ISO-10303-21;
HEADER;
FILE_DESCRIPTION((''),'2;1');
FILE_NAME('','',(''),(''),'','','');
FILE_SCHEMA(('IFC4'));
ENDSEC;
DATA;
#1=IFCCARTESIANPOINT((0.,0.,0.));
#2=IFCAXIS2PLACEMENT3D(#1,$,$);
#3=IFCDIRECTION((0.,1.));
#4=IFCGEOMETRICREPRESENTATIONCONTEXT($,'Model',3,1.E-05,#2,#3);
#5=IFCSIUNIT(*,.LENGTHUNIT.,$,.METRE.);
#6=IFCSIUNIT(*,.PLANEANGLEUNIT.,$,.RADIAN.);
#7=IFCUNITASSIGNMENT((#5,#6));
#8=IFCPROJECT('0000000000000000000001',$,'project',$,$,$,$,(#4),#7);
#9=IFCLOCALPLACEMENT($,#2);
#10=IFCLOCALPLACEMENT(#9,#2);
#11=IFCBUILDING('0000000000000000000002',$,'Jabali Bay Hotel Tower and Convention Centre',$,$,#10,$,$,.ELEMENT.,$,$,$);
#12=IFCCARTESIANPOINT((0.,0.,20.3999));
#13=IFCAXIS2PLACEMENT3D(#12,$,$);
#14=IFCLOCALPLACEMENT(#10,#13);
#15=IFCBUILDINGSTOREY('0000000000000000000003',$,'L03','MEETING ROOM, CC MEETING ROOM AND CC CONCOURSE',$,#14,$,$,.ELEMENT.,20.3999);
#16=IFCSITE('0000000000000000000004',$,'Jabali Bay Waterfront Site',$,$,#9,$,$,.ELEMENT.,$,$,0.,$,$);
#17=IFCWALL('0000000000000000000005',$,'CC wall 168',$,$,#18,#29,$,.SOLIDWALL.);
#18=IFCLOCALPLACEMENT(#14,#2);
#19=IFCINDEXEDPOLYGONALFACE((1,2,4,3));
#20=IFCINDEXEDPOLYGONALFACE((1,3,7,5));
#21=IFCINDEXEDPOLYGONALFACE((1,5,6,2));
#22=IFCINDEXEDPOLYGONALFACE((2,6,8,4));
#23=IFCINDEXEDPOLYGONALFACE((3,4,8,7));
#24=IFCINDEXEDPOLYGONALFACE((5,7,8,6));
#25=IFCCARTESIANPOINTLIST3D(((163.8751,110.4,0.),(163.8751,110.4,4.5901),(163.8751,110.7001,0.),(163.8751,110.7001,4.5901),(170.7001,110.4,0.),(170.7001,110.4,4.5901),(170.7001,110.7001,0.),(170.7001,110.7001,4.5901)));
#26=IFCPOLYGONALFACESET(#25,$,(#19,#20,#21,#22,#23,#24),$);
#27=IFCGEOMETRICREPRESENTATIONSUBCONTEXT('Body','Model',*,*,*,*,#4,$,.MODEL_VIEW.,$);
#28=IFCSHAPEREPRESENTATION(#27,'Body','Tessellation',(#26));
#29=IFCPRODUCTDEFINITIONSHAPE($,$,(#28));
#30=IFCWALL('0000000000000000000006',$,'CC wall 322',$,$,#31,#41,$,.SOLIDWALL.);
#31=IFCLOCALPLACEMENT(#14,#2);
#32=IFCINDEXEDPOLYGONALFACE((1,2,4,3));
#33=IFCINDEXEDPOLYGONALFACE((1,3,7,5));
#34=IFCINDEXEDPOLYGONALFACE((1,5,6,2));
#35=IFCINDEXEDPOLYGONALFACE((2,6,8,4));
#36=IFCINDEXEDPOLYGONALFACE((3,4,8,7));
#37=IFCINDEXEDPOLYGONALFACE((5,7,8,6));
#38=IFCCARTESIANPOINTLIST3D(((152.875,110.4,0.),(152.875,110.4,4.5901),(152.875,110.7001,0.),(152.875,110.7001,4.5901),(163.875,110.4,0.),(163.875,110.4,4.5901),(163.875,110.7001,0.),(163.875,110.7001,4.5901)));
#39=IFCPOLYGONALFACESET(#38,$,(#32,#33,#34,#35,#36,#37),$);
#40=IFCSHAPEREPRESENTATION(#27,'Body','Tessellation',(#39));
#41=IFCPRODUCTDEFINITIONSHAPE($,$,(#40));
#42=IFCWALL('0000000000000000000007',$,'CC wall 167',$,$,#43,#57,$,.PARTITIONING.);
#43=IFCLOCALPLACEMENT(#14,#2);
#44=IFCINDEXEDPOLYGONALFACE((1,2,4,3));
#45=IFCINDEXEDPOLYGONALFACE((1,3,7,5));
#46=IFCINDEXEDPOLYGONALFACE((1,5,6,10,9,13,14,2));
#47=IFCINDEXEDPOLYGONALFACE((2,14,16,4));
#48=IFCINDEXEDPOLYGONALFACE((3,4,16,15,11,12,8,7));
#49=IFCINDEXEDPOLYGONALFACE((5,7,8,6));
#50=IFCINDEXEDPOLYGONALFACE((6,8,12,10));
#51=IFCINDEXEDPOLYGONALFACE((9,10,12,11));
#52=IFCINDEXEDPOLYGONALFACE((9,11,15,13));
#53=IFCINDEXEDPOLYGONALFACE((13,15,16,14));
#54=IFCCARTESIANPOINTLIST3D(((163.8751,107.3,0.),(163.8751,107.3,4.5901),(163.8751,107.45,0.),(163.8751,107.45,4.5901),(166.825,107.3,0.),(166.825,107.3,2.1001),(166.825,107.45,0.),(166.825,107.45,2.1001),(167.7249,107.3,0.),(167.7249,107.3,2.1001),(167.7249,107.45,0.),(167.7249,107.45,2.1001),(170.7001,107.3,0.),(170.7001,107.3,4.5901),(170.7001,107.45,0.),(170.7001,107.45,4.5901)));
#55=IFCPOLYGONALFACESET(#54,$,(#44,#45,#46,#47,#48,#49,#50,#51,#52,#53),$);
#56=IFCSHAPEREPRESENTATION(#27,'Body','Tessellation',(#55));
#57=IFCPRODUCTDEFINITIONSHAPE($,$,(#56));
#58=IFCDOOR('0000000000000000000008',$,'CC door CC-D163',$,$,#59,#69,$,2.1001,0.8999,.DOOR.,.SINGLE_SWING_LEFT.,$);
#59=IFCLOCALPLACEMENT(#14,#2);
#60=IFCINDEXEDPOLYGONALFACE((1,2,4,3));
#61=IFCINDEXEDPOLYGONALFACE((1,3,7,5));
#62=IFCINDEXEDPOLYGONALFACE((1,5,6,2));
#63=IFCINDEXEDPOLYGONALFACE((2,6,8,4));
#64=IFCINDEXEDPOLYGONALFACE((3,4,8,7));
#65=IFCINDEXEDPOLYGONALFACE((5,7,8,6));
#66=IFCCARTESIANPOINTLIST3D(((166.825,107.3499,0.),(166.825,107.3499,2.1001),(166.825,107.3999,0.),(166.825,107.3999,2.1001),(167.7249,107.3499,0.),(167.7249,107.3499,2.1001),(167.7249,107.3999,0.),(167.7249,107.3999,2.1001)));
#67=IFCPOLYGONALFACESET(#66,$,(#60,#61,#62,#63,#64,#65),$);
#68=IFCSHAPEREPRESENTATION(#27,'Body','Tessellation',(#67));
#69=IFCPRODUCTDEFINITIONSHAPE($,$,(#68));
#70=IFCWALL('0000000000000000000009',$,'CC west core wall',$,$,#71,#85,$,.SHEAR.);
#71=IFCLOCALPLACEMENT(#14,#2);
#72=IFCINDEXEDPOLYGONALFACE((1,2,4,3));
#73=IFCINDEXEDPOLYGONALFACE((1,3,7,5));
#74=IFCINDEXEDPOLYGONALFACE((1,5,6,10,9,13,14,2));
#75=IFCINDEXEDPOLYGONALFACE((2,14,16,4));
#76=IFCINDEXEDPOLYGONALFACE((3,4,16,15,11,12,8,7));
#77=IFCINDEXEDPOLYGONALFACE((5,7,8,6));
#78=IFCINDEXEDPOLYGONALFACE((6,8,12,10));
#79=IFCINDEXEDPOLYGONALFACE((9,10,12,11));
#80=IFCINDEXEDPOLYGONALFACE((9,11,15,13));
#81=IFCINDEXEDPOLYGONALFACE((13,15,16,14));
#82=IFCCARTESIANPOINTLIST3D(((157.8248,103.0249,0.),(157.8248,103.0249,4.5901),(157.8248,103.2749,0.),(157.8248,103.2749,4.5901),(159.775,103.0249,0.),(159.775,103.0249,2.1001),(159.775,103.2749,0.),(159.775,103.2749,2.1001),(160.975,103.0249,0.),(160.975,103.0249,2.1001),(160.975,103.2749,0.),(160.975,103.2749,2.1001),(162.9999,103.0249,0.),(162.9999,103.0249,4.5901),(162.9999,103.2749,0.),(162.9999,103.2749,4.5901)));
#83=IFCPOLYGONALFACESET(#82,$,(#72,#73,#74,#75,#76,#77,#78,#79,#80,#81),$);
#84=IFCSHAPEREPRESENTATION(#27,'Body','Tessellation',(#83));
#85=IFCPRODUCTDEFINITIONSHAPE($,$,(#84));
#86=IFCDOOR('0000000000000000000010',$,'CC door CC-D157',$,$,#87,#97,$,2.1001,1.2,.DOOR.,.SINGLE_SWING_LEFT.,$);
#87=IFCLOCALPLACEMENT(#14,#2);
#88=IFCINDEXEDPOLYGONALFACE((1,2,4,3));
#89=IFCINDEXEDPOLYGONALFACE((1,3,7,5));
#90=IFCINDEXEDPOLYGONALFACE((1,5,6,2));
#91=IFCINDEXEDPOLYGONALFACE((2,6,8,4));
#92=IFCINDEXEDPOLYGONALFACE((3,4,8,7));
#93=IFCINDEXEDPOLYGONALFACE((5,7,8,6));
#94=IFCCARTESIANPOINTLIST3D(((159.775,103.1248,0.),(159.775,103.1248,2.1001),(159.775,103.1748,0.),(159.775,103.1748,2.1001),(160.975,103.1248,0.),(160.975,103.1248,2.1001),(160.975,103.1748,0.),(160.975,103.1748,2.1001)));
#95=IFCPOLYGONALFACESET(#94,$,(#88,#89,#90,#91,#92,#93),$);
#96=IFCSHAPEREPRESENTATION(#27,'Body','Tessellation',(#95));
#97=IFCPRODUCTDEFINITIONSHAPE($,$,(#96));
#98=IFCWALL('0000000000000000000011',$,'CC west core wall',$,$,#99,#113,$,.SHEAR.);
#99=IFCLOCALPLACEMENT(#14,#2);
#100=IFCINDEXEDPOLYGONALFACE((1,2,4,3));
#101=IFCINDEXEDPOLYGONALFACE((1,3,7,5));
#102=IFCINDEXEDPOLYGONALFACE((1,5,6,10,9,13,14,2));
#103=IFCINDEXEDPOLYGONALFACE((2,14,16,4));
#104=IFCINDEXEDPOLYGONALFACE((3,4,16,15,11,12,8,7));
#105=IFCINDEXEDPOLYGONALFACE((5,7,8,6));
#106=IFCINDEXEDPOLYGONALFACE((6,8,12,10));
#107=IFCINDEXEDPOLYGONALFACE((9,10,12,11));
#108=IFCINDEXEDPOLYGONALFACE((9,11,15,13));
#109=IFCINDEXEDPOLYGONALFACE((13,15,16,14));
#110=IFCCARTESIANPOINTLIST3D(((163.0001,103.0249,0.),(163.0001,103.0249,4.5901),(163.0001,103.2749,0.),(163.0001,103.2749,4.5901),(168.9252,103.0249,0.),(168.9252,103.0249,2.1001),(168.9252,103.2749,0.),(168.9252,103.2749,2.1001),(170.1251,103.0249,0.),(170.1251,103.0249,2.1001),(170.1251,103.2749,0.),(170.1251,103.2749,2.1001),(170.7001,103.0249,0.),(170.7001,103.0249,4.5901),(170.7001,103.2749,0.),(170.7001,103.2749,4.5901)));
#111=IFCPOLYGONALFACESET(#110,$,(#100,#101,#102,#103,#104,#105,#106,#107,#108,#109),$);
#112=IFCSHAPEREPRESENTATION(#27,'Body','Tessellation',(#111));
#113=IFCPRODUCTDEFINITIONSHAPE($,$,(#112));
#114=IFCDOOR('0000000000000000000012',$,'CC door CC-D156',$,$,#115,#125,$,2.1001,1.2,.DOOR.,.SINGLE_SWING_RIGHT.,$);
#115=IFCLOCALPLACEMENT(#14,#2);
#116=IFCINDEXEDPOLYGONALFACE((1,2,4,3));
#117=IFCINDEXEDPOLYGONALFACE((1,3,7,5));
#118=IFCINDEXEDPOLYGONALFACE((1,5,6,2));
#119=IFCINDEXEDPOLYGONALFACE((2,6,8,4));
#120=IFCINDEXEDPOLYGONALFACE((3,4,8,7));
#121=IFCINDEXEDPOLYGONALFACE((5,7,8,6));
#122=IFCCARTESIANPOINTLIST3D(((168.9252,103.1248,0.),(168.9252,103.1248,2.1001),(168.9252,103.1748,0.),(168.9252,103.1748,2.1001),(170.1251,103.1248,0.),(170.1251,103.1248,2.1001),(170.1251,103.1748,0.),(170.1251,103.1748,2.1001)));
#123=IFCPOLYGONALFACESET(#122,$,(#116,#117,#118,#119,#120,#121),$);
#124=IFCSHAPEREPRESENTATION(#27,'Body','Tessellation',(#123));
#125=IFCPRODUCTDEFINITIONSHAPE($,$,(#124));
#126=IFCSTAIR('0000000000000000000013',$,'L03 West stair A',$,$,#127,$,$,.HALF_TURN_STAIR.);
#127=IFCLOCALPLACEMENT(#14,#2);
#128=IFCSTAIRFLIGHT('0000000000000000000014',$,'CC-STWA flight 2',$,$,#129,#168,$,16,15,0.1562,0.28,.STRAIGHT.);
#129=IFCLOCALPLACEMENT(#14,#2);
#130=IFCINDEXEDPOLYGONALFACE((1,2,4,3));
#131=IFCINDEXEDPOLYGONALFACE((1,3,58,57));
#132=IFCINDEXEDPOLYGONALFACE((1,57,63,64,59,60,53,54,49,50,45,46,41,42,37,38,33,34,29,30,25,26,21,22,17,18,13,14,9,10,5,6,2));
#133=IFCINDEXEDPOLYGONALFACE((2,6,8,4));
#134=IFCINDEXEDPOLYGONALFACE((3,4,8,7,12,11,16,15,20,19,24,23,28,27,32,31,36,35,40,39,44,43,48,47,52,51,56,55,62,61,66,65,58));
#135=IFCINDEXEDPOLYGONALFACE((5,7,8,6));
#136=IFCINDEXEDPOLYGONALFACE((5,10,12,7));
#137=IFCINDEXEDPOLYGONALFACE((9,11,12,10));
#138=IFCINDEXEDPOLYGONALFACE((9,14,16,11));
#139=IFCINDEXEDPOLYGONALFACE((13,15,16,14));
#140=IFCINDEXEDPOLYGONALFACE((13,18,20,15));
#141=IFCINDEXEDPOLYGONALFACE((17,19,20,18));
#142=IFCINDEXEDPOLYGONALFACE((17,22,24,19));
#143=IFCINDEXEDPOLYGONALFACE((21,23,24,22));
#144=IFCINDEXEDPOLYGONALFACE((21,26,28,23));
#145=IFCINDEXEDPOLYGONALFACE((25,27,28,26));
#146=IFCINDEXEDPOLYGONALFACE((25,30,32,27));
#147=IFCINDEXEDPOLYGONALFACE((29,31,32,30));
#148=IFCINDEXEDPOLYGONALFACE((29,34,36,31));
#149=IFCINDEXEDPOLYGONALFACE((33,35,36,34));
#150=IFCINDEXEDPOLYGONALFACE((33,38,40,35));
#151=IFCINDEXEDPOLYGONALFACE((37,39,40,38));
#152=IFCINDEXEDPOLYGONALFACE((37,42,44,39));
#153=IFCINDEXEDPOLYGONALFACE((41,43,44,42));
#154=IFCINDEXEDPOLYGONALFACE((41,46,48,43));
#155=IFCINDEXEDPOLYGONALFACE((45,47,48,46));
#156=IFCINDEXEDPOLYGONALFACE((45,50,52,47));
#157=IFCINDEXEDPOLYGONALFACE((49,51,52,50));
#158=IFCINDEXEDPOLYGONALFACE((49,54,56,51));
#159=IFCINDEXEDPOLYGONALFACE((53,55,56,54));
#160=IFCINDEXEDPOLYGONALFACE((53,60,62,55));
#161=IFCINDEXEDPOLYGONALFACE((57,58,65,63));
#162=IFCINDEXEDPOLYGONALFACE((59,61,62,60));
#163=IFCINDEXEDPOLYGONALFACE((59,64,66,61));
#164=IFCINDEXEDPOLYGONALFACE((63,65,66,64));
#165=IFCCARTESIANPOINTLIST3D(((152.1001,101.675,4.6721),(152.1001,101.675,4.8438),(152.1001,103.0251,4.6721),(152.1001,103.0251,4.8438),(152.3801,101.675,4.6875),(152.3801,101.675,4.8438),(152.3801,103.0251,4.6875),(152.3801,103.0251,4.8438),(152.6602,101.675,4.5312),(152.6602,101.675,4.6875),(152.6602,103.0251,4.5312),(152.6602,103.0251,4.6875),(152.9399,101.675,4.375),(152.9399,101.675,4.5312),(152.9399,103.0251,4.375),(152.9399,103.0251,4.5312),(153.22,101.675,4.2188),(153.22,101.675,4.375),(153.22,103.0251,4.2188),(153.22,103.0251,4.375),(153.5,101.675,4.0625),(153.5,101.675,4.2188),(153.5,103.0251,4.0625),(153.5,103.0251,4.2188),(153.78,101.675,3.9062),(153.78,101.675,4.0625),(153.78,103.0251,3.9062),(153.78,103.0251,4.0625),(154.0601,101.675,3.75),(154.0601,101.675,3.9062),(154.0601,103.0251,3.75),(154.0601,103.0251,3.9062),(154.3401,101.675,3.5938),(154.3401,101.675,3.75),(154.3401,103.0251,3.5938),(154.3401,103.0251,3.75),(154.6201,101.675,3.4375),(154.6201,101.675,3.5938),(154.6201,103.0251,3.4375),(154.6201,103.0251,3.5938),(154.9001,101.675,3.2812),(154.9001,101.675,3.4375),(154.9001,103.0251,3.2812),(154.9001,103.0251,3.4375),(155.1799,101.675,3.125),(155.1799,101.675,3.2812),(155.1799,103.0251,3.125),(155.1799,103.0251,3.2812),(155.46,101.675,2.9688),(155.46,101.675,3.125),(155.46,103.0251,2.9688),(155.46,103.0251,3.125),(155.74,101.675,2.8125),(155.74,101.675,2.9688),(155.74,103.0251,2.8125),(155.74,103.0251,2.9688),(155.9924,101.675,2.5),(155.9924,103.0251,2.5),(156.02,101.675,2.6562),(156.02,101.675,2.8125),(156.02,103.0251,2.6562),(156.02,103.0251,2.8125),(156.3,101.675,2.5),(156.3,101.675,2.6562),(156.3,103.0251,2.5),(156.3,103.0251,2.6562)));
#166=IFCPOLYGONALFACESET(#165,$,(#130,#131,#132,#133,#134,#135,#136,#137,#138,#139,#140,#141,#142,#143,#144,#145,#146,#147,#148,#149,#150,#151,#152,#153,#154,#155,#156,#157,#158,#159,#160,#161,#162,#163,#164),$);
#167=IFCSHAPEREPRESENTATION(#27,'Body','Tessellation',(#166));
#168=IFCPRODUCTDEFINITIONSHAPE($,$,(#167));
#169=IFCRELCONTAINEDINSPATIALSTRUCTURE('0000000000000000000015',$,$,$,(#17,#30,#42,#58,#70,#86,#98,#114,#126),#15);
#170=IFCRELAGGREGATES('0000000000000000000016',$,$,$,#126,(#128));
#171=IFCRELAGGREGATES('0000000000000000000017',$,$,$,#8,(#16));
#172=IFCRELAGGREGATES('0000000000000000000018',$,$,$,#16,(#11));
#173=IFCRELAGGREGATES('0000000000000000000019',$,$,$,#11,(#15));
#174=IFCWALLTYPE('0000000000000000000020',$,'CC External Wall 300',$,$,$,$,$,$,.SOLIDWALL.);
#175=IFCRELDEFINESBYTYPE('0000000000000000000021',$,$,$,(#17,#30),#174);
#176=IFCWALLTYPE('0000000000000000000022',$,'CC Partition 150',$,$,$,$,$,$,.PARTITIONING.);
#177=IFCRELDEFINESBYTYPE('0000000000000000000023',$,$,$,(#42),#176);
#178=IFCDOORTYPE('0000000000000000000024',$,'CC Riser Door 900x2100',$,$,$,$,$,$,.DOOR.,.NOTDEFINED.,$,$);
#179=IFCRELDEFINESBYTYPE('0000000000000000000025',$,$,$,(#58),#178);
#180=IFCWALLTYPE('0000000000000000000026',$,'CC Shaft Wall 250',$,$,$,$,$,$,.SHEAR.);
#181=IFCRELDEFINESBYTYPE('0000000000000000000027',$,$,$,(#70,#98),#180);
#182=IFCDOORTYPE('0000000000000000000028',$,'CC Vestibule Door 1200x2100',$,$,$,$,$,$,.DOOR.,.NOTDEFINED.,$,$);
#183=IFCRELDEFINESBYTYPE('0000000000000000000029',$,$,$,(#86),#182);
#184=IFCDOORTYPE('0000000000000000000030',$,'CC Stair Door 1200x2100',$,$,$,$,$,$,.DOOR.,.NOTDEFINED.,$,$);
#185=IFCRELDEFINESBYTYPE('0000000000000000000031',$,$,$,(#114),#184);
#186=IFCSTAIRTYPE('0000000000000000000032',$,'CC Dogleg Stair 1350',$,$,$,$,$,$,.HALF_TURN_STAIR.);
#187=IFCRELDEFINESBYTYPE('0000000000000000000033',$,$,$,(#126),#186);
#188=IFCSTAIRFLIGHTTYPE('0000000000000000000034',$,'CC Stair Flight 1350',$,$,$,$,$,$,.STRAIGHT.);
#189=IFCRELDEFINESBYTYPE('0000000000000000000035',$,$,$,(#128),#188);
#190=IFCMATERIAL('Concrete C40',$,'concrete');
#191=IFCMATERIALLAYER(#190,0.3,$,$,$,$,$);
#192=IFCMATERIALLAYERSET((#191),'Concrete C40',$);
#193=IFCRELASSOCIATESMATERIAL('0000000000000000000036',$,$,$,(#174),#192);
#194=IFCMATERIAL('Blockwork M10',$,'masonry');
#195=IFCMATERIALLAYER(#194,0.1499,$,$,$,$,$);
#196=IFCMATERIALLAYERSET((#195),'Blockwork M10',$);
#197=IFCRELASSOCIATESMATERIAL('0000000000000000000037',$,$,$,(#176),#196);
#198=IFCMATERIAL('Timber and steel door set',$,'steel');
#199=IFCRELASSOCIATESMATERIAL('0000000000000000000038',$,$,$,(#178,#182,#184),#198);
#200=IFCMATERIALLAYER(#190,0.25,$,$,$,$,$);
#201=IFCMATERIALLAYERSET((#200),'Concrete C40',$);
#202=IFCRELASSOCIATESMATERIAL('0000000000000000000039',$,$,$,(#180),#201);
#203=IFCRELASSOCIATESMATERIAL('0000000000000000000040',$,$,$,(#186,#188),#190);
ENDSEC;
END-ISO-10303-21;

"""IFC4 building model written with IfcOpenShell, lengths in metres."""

from ifc_helpers import new_model, si_unit, direction, frame, frame_2d, origin, place, context, subcontext, project, spatial, polyline, rectangle, outline, extrude, material, layer, layer_set, type_object, element, fill, aggregate, save


model = new_model("IFC4")

# Units and contexts
model_context = context("Model", 3, precision=1e-05, world=origin(), true_north=direction((0.0, 1.0)))
body_context = subcontext(model_context, "Body", "Model", "MODEL_VIEW")
ifc_project = project(units=[si_unit("LENGTHUNIT", "METRE"), si_unit("PLANEANGLEUNIT", "RADIAN")], contexts=[model_context])

# Site, building, storey
site_placement = place(None, origin())
site = spatial("IfcSite", under=ifc_project, at=site_placement, Name="Jabali Bay Waterfront Site", CompositionType="ELEMENT", RefElevation=0.0)
building_placement = place(site_placement, origin())
building = spatial("IfcBuilding", under=site, at=building_placement, Name="Jabali Bay Hotel Tower and Convention Centre", CompositionType="ELEMENT")
storey_placement = place(building_placement, frame((0.0, 0.0, 20.3999)))
storey = spatial("IfcBuildingStorey", under=building, at=storey_placement, Name="L03", Description="MEETING ROOM, CC MEETING ROOM AND CC CONCOURSE", CompositionType="ELEMENT", Elevation=20.3999)

# Walls
ifc_material_1 = material(Name="Concrete C40", Category="concrete")
ifc_layer_1 = layer(ifc_material_1, 0.3)
ifc_layer_set_1 = layer_set([ifc_layer_1], Name="Concrete C40")
wall_type_1 = type_object("IfcWallType", Name="CC External Wall 300", PredefinedType="SOLIDWALL", material=ifc_layer_set_1)
wall_1_placement = place(storey_placement, frame((163.875, 110.55, 0.0), z_axis=(0.0, 0.0, 1.0), x_axis=(1.0, 0.0, 0.0)))
element("IfcWall", 1, at=wall_1_placement, inside=storey, type_object=wall_type_1, Name="CC wall 168", PredefinedType="SOLIDWALL", context=body_context, shape_type="SweptSolid", body=[
    extrude(rectangle(XDim=6.825, YDim=0.3, at=frame_2d((3.4126, 0.0))), origin(), (0.0, 0.0, 1.0), 4.5901),
])
wall_2_placement = place(storey_placement, frame((152.875, 110.55, 0.0), z_axis=(0.0, 0.0, 1.0), x_axis=(1.0, 0.0, 0.0)))
element("IfcWall", 2, at=wall_2_placement, inside=storey, type_object=wall_type_1, Name="CC wall 322", PredefinedType="SOLIDWALL", context=body_context, shape_type="SweptSolid", body=[
    extrude(rectangle(XDim=11.0, YDim=0.3, at=frame_2d((5.5, 0.0))), origin(), (0.0, 0.0, 1.0), 4.5901),
])

# Walls, openings, doors
ifc_material_2 = material(Name="Blockwork M10", Category="masonry")
ifc_layer_2 = layer(ifc_material_2, 0.1499)
ifc_layer_set_2 = layer_set([ifc_layer_2], Name="Blockwork M10")
wall_type_2 = type_object("IfcWallType", Name="CC Partition 150", PredefinedType="PARTITIONING", material=ifc_layer_set_2)
wall_3_placement = place(storey_placement, frame((163.875, 107.375, 0.0), z_axis=(0.0, 0.0, 1.0), x_axis=(1.0, 0.0, 0.0)))
wall_3 = element("IfcWall", 3, at=wall_3_placement, inside=storey, type_object=wall_type_2, Name="CC wall 167", PredefinedType="PARTITIONING", context=body_context, shape_type="SweptSolid", body=[
    extrude(rectangle(XDim=6.825, YDim=0.1499, at=frame_2d((3.4126, 0.0))), origin(), (0.0, 0.0, 1.0), 4.5901),
])
opening_1_placement = place(wall_3_placement, frame((2.95, 0.0, 0.0)))
opening_1 = element("IfcOpeningElement", 4, at=opening_1_placement, cuts=wall_3, PredefinedType="OPENING", context=body_context, shape_type="SweptSolid", body=[
    extrude(rectangle(XDim=0.8999, YDim=2.1001, at=frame_2d((0.45, 1.05))), frame((0.0, 0.0854, 0.0), z_axis=(0.0, -1.0, 0.0), x_axis=(1.0, 0.0, 0.0)), (0.0, 0.0, 1.0), 0.1709),
])
ifc_material_3 = material(Name="Timber and steel door set", Category="steel")
door_type_1 = type_object("IfcDoorType", Name="CC Riser Door 900x2100", OperationType="NOTDEFINED", PredefinedType="DOOR", material=ifc_material_3)
door_1_placement = place(opening_1_placement, origin())
door_1 = element("IfcDoor", 5, at=door_1_placement, inside=storey, type_object=door_type_1, Name="CC door CC-D163", OperationType="SINGLE_SWING_LEFT", OverallHeight=2.1001, OverallWidth=0.8999, PredefinedType="DOOR", context=body_context, shape_type="SweptSolid", body=[
    extrude(rectangle(XDim=0.8999, YDim=2.1001, at=frame_2d((0.45, 1.05))), frame((0.0, 0.0249, 0.0), z_axis=(0.0, -1.0, 0.0), x_axis=(1.0, 0.0, 0.0)), (0.0, 0.0, 1.0), 0.05),
])
fill(opening_1, door_1)
ifc_layer_3 = layer(ifc_material_1, 0.25)
ifc_layer_set_3 = layer_set([ifc_layer_3], Name="Concrete C40")
wall_type_3 = type_object("IfcWallType", Name="CC Shaft Wall 250", PredefinedType="SHEAR", material=ifc_layer_set_3)
wall_4_placement = place(storey_placement, frame((157.825, 103.1499, 0.0), z_axis=(0.0, 0.0, 1.0), x_axis=(1.0, 0.0, 0.0)))
wall_4 = element("IfcWall", 6, at=wall_4_placement, inside=storey, type_object=wall_type_3, Name="CC west core wall", PredefinedType="SHEAR", context=body_context, shape_type="SweptSolid", body=[
    extrude(rectangle(XDim=5.175, YDim=0.25, at=frame_2d((2.5874, 0.0))), origin(), (0.0, 0.0, 1.0), 4.5901),
])
opening_2_placement = place(wall_4_placement, frame((1.95, 0.0, 0.0)))
opening_2 = element("IfcOpeningElement", 7, at=opening_2_placement, cuts=wall_4, PredefinedType="OPENING", context=body_context, shape_type="SweptSolid", body=[
    extrude(rectangle(XDim=1.2, YDim=2.1001, at=frame_2d((0.6001, 1.05))), frame((0.0, 0.1355, 0.0), z_axis=(0.0, -1.0, 0.0), x_axis=(1.0, 0.0, 0.0)), (0.0, 0.0, 1.0), 0.271),
])
door_type_2 = type_object("IfcDoorType", Name="CC Vestibule Door 1200x2100", OperationType="NOTDEFINED", PredefinedType="DOOR", material=ifc_material_3)
door_2_placement = place(opening_2_placement, origin())
door_2 = element("IfcDoor", 8, at=door_2_placement, inside=storey, type_object=door_type_2, Name="CC door CC-D157", OperationType="SINGLE_SWING_LEFT", OverallHeight=2.1001, OverallWidth=1.2, PredefinedType="DOOR", context=body_context, shape_type="SweptSolid", body=[
    extrude(rectangle(XDim=1.2, YDim=2.1001, at=frame_2d((0.6001, 1.05))), frame((0.0, 0.0249, 0.0), z_axis=(0.0, -1.0, 0.0), x_axis=(1.0, 0.0, 0.0)), (0.0, 0.0, 1.0), 0.05),
])
fill(opening_2, door_2)
wall_5_placement = place(storey_placement, frame((163.0, 103.1499, 0.0), z_axis=(0.0, 0.0, 1.0), x_axis=(1.0, 0.0, 0.0)))
wall_5 = element("IfcWall", 9, at=wall_5_placement, inside=storey, type_object=wall_type_3, Name="CC west core wall", PredefinedType="SHEAR", context=body_context, shape_type="SweptSolid", body=[
    extrude(rectangle(XDim=7.7, YDim=0.25, at=frame_2d((3.8501, 0.0))), origin(), (0.0, 0.0, 1.0), 4.5901),
])
opening_3_placement = place(wall_5_placement, frame((5.925, 0.0, 0.0)))
opening_3 = element("IfcOpeningElement", 10, at=opening_3_placement, cuts=wall_5, PredefinedType="OPENING", context=body_context, shape_type="SweptSolid", body=[
    extrude(rectangle(XDim=1.2, YDim=2.1001, at=frame_2d((0.6001, 1.05))), frame((0.0, 0.1355, 0.0), z_axis=(0.0, -1.0, 0.0), x_axis=(1.0, 0.0, 0.0)), (0.0, 0.0, 1.0), 0.271),
])
door_type_3 = type_object("IfcDoorType", Name="CC Stair Door 1200x2100", OperationType="NOTDEFINED", PredefinedType="DOOR", material=ifc_material_3)
door_3_placement = place(opening_3_placement, origin())
door_3 = element("IfcDoor", 11, at=door_3_placement, inside=storey, type_object=door_type_3, Name="CC door CC-D156", OperationType="SINGLE_SWING_RIGHT", OverallHeight=2.1001, OverallWidth=1.2, PredefinedType="DOOR", context=body_context, shape_type="SweptSolid", body=[
    extrude(rectangle(XDim=1.2, YDim=2.1001, at=frame_2d((0.6001, 1.05))), frame((0.0, 0.0249, 0.0), z_axis=(0.0, -1.0, 0.0), x_axis=(1.0, 0.0, 0.0)), (0.0, 0.0, 1.0), 0.05),
])
fill(opening_3, door_3)

# Stair, stair flight
stair_type = type_object("IfcStairType", Name="CC Dogleg Stair 1350", PredefinedType="HALF_TURN_STAIR", material=ifc_material_1)
stair_1_placement = place(storey_placement, origin())
stair_1 = element("IfcStair", 12, at=stair_1_placement, inside=storey, type_object=stair_type, Name="L03 West stair A", PredefinedType="HALF_TURN_STAIR")
stair_flight_type = type_object("IfcStairFlightType", Name="CC Stair Flight 1350", PredefinedType="STRAIGHT", material=ifc_material_1)
stair_flight_1_placement = place(storey_placement, frame((156.3, 102.3501, 2.5), z_axis=(0.0, 0.0, 1.0), x_axis=(-1.0, 0.0, 0.0)))
stair_flight_1 = element("IfcStairFlight", 13, at=stair_flight_1_placement, type_object=stair_flight_type, Name="CC-STWA flight 2", NumberOfRisers=16, NumberOfTreads=15, PredefinedType="STRAIGHT", RiserHeight=0.1562, TreadLength=0.28, context=body_context, shape_type="SweptSolid", body=[
    extrude(outline(polyline([(0.0, 0.0), (0.0, 0.1562), (0.28, 0.1562), (0.28, 0.3125), (0.5601, 0.3125), (0.5601, 0.4688), (0.8401, 0.4688), (0.8401, 0.625), (1.1201, 0.625), (1.1201, 0.7812), (1.3999, 0.7812), (1.3999, 0.9375), (1.6799, 0.9375), (1.6799, 1.0938), (1.96, 1.0938), (1.96, 1.25), (2.24, 1.25), (2.24, 1.4062), (2.52, 1.4062), (2.52, 1.5625), (2.8, 1.5625), (2.8, 1.7188), (3.0801, 1.7188), (3.0801, 1.875), (3.3601, 1.875), (3.3601, 2.0312), (3.6399, 2.0312), (3.6399, 2.1875), (3.9199, 2.1875), (3.9199, 2.3438), (4.2, 2.3438), (4.2, 2.5), (4.2, 2.1721), (0.3076, 0.0), (0.0, 0.0)])), frame((0.0, 0.675, 0.0), z_axis=(0.0, -1.0, 0.0), x_axis=(1.0, 0.0, 0.0)), (0.0, 0.0, 1.0), 1.3501),
])
aggregate(stair_1, [stair_flight_1])

save(model, "model.ifc")
